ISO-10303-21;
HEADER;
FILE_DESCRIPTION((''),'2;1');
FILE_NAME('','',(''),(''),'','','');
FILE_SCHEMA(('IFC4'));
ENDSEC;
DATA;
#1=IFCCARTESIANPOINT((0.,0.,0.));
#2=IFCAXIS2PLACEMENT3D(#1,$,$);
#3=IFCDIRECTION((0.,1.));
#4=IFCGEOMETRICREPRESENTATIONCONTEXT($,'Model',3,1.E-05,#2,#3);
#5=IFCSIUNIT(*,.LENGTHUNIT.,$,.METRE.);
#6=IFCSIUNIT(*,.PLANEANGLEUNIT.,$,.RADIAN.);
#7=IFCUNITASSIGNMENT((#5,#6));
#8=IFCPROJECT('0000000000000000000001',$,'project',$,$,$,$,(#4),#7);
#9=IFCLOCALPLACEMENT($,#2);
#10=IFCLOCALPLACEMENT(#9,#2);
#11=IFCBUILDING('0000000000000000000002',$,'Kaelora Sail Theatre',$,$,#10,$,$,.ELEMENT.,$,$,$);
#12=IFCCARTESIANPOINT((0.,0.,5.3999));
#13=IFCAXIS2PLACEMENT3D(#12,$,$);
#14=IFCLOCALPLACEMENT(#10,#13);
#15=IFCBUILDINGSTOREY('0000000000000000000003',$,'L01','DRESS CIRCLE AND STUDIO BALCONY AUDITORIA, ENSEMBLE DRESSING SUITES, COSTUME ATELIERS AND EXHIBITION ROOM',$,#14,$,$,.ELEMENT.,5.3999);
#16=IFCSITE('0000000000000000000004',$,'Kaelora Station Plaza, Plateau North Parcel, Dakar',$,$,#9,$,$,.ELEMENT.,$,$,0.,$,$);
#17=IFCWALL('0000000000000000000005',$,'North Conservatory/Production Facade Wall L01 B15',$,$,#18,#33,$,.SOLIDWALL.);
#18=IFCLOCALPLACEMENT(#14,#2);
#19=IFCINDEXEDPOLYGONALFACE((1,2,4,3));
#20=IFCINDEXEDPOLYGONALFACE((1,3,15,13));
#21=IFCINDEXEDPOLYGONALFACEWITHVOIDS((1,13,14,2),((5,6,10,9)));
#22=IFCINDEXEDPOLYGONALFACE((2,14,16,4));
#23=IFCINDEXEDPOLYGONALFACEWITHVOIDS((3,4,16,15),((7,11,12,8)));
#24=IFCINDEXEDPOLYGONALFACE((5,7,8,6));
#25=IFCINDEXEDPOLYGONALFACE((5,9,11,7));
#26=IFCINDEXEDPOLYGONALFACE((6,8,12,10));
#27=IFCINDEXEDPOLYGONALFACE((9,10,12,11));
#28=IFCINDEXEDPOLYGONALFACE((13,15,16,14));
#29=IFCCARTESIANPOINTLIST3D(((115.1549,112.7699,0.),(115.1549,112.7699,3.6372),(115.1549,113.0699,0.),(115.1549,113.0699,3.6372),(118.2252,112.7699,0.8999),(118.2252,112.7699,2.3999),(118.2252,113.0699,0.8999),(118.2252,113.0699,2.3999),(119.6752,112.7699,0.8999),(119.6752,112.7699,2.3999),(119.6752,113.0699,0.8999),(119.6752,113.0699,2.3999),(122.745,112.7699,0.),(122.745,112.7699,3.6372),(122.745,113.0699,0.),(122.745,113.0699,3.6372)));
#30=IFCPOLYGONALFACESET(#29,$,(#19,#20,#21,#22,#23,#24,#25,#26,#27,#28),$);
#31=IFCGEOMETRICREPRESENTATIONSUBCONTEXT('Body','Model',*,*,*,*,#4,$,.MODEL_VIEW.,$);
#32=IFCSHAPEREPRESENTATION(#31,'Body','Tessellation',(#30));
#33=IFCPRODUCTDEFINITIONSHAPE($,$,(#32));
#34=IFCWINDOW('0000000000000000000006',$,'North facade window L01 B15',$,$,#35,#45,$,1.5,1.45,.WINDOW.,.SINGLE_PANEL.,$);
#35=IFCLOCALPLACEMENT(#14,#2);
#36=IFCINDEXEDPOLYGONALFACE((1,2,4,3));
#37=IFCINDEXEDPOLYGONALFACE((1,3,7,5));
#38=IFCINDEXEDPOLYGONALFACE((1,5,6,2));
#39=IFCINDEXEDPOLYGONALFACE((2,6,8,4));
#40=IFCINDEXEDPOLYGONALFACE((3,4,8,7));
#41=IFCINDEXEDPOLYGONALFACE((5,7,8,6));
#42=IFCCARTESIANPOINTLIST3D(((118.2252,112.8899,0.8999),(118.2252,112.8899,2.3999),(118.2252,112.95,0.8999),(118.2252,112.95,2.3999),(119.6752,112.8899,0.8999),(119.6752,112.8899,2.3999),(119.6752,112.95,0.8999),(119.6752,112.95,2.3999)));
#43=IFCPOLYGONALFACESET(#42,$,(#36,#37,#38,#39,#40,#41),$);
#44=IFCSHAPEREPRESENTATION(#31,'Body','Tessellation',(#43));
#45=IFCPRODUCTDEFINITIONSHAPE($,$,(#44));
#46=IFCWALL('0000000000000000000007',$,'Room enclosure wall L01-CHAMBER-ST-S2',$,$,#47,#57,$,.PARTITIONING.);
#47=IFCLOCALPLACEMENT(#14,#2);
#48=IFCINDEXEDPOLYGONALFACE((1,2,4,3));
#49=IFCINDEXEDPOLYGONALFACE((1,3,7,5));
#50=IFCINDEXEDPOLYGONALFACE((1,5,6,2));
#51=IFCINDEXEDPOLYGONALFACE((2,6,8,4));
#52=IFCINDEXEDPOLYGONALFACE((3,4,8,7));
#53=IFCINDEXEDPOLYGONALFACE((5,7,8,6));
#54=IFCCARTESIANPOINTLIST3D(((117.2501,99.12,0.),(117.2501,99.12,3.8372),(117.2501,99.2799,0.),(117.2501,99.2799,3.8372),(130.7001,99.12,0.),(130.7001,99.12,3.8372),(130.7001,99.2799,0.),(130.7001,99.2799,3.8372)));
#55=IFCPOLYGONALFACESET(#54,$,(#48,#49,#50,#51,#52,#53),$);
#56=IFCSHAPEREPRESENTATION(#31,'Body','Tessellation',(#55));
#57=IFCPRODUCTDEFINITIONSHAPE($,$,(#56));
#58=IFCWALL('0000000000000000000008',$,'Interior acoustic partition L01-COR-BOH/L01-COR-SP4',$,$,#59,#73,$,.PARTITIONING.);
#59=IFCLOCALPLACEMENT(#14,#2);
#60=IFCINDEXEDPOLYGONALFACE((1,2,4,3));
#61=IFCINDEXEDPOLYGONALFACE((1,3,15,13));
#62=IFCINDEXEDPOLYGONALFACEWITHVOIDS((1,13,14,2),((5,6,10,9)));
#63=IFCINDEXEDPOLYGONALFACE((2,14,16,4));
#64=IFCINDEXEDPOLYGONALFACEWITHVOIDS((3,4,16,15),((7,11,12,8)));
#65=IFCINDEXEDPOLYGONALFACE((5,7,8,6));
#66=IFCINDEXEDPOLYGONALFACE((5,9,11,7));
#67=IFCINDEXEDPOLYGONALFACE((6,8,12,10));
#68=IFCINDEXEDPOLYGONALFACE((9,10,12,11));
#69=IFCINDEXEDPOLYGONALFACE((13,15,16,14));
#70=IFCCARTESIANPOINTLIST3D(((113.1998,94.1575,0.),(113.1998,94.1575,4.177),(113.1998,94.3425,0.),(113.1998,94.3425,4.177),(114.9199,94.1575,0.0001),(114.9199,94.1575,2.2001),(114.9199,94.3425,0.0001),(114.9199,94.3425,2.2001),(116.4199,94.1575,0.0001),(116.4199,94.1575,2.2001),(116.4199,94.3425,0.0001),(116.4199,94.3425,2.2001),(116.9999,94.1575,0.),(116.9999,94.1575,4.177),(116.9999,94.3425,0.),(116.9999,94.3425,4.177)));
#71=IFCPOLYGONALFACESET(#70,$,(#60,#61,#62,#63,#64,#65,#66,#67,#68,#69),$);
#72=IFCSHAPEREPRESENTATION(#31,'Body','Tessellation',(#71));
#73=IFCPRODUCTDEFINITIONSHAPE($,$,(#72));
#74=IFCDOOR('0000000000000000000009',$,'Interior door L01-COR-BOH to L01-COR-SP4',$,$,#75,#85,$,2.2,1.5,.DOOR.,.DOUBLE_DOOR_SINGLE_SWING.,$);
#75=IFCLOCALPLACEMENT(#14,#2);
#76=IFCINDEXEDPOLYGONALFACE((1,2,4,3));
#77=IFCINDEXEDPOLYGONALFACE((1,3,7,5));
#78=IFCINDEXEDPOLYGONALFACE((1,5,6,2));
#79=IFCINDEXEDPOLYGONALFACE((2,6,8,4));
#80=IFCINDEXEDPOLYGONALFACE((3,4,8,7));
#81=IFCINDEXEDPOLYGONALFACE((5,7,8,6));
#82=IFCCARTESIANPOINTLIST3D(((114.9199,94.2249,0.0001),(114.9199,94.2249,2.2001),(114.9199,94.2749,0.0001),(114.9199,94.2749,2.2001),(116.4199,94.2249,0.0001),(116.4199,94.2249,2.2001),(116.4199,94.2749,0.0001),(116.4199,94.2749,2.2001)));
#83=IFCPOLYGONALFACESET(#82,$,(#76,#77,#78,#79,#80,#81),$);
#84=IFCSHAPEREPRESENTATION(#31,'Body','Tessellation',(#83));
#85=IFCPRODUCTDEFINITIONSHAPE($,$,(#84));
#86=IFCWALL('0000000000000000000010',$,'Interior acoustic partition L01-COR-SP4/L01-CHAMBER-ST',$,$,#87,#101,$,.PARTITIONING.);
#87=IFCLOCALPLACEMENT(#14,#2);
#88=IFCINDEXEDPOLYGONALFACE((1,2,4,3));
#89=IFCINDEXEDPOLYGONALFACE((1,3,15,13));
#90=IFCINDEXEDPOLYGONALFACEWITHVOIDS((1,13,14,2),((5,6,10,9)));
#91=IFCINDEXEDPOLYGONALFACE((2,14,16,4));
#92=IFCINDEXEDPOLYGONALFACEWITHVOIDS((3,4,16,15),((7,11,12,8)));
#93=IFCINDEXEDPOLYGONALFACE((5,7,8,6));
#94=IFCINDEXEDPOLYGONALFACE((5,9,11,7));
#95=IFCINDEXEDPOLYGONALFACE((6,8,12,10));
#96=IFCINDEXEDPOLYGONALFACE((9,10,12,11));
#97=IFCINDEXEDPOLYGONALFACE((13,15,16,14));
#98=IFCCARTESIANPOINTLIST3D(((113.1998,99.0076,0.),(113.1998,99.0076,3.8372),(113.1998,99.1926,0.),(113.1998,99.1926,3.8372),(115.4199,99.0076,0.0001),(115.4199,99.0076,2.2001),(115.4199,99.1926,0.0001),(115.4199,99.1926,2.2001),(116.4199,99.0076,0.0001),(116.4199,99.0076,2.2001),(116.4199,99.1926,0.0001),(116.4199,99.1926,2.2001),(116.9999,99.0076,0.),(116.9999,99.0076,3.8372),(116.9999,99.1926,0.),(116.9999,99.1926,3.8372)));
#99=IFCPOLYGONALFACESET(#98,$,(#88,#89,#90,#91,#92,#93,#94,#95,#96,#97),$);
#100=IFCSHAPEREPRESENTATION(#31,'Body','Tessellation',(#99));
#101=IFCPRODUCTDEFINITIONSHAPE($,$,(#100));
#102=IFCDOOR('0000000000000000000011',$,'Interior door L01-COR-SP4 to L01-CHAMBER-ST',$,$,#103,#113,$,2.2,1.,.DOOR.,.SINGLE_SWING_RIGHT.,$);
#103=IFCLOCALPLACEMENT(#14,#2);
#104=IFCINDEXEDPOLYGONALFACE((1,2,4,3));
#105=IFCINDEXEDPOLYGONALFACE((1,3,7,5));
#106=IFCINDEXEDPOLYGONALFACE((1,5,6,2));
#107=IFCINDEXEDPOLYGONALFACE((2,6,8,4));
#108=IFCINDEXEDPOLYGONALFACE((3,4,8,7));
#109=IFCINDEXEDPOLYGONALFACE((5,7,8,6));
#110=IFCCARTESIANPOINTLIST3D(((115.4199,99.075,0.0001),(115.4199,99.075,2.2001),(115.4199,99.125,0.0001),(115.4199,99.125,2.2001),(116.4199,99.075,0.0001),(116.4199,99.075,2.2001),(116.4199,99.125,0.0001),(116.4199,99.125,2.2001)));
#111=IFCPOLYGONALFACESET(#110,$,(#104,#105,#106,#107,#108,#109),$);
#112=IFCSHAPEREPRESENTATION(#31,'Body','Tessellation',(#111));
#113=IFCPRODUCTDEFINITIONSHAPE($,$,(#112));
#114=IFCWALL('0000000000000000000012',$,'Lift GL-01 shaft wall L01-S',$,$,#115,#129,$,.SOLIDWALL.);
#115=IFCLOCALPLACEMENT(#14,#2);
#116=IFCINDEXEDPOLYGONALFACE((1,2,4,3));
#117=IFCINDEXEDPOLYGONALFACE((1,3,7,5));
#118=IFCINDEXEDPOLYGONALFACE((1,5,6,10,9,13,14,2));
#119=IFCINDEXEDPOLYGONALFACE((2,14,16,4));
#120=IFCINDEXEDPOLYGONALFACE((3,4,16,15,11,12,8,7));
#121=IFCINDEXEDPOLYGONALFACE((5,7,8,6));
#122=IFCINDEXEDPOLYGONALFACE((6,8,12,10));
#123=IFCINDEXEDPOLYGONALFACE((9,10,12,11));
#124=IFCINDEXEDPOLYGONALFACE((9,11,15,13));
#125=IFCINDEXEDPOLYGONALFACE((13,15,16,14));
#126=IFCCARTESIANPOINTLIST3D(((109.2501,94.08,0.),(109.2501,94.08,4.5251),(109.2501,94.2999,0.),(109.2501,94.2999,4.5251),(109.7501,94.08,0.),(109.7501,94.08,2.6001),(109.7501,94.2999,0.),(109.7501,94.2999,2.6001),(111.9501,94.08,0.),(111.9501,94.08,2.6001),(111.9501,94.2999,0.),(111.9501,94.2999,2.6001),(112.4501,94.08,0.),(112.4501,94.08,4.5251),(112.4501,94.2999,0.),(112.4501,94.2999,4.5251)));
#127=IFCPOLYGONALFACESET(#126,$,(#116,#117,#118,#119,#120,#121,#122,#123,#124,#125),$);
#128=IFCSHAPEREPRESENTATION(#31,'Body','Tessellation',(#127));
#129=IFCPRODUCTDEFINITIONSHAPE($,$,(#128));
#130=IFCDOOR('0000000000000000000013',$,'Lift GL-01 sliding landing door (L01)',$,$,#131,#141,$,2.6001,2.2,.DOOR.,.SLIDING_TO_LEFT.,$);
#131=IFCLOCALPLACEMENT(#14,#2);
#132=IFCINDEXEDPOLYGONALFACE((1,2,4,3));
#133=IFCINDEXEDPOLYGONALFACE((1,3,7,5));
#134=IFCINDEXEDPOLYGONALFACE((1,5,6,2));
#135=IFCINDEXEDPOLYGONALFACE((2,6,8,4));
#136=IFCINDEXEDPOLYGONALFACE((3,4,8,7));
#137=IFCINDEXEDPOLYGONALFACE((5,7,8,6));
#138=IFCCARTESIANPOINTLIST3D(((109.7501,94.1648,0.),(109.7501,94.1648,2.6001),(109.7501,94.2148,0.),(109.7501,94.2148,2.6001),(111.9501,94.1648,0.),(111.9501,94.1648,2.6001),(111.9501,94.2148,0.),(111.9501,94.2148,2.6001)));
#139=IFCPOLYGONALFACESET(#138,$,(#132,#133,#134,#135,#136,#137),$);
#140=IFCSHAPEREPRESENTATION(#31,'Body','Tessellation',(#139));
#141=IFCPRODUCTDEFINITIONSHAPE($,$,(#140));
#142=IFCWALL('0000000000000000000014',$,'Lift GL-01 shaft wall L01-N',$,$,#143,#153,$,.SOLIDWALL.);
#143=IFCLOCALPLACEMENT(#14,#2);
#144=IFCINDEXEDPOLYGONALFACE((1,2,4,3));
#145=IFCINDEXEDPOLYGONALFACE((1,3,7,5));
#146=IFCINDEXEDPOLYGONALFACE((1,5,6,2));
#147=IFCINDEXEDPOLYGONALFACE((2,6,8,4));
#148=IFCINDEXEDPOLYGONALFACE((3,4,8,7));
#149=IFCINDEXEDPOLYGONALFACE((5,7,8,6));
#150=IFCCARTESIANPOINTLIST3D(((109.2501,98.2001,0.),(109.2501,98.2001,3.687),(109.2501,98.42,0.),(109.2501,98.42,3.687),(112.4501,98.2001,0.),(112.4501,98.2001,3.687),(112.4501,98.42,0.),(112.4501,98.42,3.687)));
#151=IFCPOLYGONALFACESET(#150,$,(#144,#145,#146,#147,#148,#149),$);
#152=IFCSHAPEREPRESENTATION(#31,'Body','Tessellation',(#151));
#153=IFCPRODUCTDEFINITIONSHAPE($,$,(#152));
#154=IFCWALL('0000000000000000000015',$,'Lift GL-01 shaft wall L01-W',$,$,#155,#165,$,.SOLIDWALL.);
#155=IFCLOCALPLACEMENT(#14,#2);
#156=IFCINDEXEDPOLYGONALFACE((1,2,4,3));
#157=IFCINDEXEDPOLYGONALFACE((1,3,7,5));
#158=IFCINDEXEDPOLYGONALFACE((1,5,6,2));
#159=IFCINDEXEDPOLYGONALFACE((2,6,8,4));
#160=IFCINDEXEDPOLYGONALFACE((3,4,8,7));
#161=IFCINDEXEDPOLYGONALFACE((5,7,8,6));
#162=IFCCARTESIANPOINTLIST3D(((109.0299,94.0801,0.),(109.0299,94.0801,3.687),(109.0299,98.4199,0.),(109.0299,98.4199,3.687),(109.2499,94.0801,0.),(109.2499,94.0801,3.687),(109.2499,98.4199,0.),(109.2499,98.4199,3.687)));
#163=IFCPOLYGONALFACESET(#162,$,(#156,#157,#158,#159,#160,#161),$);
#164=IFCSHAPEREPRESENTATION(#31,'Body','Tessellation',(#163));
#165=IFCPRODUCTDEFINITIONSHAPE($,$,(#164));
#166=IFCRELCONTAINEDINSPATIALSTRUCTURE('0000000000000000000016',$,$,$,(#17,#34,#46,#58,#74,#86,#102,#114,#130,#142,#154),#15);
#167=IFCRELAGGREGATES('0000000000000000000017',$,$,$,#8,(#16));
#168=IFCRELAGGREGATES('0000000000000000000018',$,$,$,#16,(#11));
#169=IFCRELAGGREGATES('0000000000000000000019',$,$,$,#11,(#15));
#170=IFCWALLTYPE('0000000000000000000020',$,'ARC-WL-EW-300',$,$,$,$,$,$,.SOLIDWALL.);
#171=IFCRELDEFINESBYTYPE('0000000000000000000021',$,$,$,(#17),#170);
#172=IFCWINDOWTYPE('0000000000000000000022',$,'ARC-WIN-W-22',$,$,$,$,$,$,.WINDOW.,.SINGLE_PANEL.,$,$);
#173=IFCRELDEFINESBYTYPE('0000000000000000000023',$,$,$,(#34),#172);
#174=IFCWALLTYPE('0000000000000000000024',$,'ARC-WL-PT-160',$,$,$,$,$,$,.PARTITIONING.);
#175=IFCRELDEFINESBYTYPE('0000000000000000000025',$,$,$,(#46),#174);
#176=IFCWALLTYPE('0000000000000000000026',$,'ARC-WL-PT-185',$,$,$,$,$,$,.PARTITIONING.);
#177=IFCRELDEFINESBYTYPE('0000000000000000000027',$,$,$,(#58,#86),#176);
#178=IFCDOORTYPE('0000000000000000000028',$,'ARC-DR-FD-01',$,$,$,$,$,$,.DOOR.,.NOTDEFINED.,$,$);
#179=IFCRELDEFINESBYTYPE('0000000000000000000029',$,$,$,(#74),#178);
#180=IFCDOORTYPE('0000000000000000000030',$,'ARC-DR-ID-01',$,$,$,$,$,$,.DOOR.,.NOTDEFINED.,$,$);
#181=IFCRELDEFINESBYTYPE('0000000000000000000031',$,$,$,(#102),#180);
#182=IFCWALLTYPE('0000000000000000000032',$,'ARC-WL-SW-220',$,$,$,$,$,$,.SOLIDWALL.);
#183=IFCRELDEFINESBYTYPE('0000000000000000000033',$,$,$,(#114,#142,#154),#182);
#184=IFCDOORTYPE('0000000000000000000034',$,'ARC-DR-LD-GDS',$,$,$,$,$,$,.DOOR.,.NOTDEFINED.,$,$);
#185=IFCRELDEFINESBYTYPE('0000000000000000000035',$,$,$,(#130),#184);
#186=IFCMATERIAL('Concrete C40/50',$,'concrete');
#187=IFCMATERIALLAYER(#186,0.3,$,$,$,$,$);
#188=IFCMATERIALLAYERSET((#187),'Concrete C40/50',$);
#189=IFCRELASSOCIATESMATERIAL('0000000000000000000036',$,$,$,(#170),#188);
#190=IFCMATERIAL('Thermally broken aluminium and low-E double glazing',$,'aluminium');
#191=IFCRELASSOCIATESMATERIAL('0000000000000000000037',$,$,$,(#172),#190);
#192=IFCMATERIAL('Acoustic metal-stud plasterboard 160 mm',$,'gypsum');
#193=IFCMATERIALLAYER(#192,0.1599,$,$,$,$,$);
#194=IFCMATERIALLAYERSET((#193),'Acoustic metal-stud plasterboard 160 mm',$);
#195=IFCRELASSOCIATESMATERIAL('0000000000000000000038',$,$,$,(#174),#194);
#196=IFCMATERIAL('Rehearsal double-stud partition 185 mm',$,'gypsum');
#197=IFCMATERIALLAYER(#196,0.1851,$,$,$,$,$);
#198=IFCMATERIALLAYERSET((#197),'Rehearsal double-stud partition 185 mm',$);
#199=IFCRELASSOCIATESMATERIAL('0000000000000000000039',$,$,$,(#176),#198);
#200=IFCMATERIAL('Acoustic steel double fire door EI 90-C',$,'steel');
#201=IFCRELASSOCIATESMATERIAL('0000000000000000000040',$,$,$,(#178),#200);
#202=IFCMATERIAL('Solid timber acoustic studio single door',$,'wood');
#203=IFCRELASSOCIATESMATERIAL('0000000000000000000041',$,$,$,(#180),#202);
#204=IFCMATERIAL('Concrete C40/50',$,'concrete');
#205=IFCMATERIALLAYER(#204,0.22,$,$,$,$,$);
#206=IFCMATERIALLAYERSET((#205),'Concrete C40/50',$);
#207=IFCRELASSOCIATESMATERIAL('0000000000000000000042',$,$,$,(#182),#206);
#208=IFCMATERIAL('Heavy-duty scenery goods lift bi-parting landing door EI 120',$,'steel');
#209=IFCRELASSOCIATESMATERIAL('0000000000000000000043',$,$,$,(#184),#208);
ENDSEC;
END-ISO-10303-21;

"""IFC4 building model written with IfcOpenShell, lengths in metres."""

from ifc_helpers import new_model, si_unit, direction, frame, frame_2d, origin, place, context, subcontext, project, spatial, rectangle, extrude, material, layer, layer_set, type_object, element, fill, save


model = new_model("IFC4")

# Units and contexts
model_context = context("Model", 3, precision=1e-05, world=origin(), true_north=direction((0.0, 1.0)))
body_context = subcontext(model_context, "Body", "Model", "MODEL_VIEW")
ifc_project = project(units=[si_unit("LENGTHUNIT", "METRE"), si_unit("PLANEANGLEUNIT", "RADIAN")], contexts=[model_context])

# Site, building, storey
site_placement = place(None, origin())
site = spatial("IfcSite", under=ifc_project, at=site_placement, Name="Kaelora Station Plaza, Plateau North Parcel, Dakar", CompositionType="ELEMENT", RefElevation=0.0)
building_placement = place(site_placement, origin())
building = spatial("IfcBuilding", under=site, at=building_placement, Name="Kaelora Sail Theatre", CompositionType="ELEMENT")
storey_placement = place(building_placement, frame((0.0, 0.0, 5.3999)))
storey = spatial("IfcBuildingStorey", under=building, at=storey_placement, Name="L01", Description="DRESS CIRCLE AND STUDIO BALCONY AUDITORIA, ENSEMBLE DRESSING SUITES, COSTUME ATELIERS AND EXHIBITION ROOM", CompositionType="ELEMENT", Elevation=5.3999)

# Shared definitions
ifc_material_1 = material(Name="Concrete C40/50", Category="concrete")
ifc_layer_1 = layer(ifc_material_1, 0.3)
ifc_layer_set_1 = layer_set([ifc_layer_1], Name="Concrete C40/50")
wall_type_1 = type_object("IfcWallType", Name="ARC-WL-EW-300", PredefinedType="SOLIDWALL", material=ifc_layer_set_1)

# Wall, opening, window
wall_1_placement = place(storey_placement, frame((115.155, 112.9199, 0.0), z_axis=(0.0, 0.0, 1.0), x_axis=(1.0, 0.0, 0.0)))
wall_1 = element("IfcWall", 1, at=wall_1_placement, inside=storey, type_object=wall_type_1, Name="North Conservatory/Production Facade Wall L01 B15", PredefinedType="SOLIDWALL", context=body_context, shape_type="SweptSolid", body=[
    extrude(rectangle(XDim=7.5901, YDim=0.3, at=frame_2d((3.7949, 0.0))), origin(), (0.0, 0.0, 1.0), 3.6372),
])
opening_1_placement = place(wall_1_placement, frame((3.0701, 0.0, 0.8999)))
opening_1 = element("IfcOpeningElement", 2, at=opening_1_placement, cuts=wall_1, PredefinedType="OPENING", context=body_context, shape_type="SweptSolid", body=[
    extrude(rectangle(XDim=1.45, YDim=1.5, at=frame_2d((0.7251, 0.75))), frame((0.0, 0.1599, 0.0), z_axis=(0.0, -1.0, 0.0), x_axis=(1.0, 0.0, 0.0)), (0.0, 0.0, 1.0), 0.32),
])
ifc_material_2 = material(Name="Thermally broken aluminium and low-E double glazing", Category="aluminium")
window_type_1 = type_object("IfcWindowType", Name="ARC-WIN-W-22", PartitioningType="SINGLE_PANEL", PredefinedType="WINDOW", material=ifc_material_2)
window_1_placement = place(opening_1_placement, origin())
window_1 = element("IfcWindow", 3, at=window_1_placement, inside=storey, type_object=window_type_1, Name="North facade window L01 B15", OverallHeight=1.5, OverallWidth=1.45, PartitioningType="SINGLE_PANEL", PredefinedType="WINDOW", context=body_context, shape_type="SweptSolid", body=[
    extrude(rectangle(XDim=1.45, YDim=1.5, at=frame_2d((0.7251, 0.75))), frame((0.0, 0.03, 0.0), z_axis=(0.0, -1.0, 0.0), x_axis=(1.0, 0.0, 0.0)), (0.0, 0.0, 1.0), 0.0601),
])
fill(opening_1, window_1)

# Wall
ifc_material_3 = material(Name="Acoustic metal-stud plasterboard 160 mm", Category="gypsum")
ifc_layer_2 = layer(ifc_material_3, 0.1599)
ifc_layer_set_2 = layer_set([ifc_layer_2], Name="Acoustic metal-stud plasterboard 160 mm")
wall_type_2 = type_object("IfcWallType", Name="ARC-WL-PT-160", PredefinedType="PARTITIONING", material=ifc_layer_set_2)
wall_2_placement = place(storey_placement, frame((117.25, 99.2, 0.0), z_axis=(0.0, 0.0, 1.0), x_axis=(1.0, 0.0, 0.0)))
element("IfcWall", 4, at=wall_2_placement, inside=storey, type_object=wall_type_2, Name="Room enclosure wall L01-CHAMBER-ST-S2", PredefinedType="PARTITIONING", context=body_context, shape_type="SweptSolid", body=[
    extrude(rectangle(XDim=13.45, YDim=0.1599, at=frame_2d((6.7251, 0.0))), origin(), (0.0, 0.0, 1.0), 3.8372),
])

# Walls, openings, doors
ifc_material_4 = material(Name="Rehearsal double-stud partition 185 mm", Category="gypsum")
ifc_layer_3 = layer(ifc_material_4, 0.1851)
ifc_layer_set_3 = layer_set([ifc_layer_3], Name="Rehearsal double-stud partition 185 mm")
wall_type_3 = type_object("IfcWallType", Name="ARC-WL-PT-185", PredefinedType="PARTITIONING", material=ifc_layer_set_3)
wall_3_placement = place(storey_placement, frame((113.2, 94.25, 0.0), z_axis=(0.0, 0.0, 1.0), x_axis=(1.0, 0.0, 0.0)))
wall_3 = element("IfcWall", 5, at=wall_3_placement, inside=storey, type_object=wall_type_3, Name="Interior acoustic partition L01-COR-BOH/L01-COR-SP4", PredefinedType="PARTITIONING", context=body_context, shape_type="SweptSolid", body=[
    extrude(rectangle(XDim=3.8, YDim=0.1851, at=frame_2d((1.8999, 0.0))), origin(), (0.0, 0.0, 1.0), 4.177),
])
opening_2_placement = place(wall_3_placement, frame((1.72, 0.0, 0.0)))
opening_2 = element("IfcOpeningElement", 6, at=opening_2_placement, cuts=wall_3, PredefinedType="OPENING", context=body_context, shape_type="SweptSolid", body=[
    extrude(rectangle(XDim=1.5, YDim=2.2, at=frame_2d((0.75, 1.1001))), frame((0.0, 0.1025, 0.0), z_axis=(0.0, -1.0, 0.0), x_axis=(1.0, 0.0, 0.0)), (0.0, 0.0, 1.0), 0.2051),
])
ifc_material_5 = material(Name="Acoustic steel double fire door EI 90-C", Category="steel")
door_type_1 = type_object("IfcDoorType", Name="ARC-DR-FD-01", OperationType="NOTDEFINED", PredefinedType="DOOR", material=ifc_material_5)
door_1_placement = place(opening_2_placement, origin())
door_1 = element("IfcDoor", 7, at=door_1_placement, inside=storey, type_object=door_type_1, Name="Interior door L01-COR-BOH to L01-COR-SP4", OperationType="DOUBLE_DOOR_SINGLE_SWING", OverallHeight=2.2, OverallWidth=1.5, PredefinedType="DOOR", context=body_context, shape_type="SweptSolid", body=[
    extrude(rectangle(XDim=1.5, YDim=2.2, at=frame_2d((0.75, 1.1001))), frame((0.0, 0.0249, 0.0), z_axis=(0.0, -1.0, 0.0), x_axis=(1.0, 0.0, 0.0)), (0.0, 0.0, 1.0), 0.05),
])
fill(opening_2, door_1)
wall_4_placement = place(storey_placement, frame((113.2, 99.1001, 0.0), z_axis=(0.0, 0.0, 1.0), x_axis=(1.0, 0.0, 0.0)))
wall_4 = element("IfcWall", 8, at=wall_4_placement, inside=storey, type_object=wall_type_3, Name="Interior acoustic partition L01-COR-SP4/L01-CHAMBER-ST", PredefinedType="PARTITIONING", context=body_context, shape_type="SweptSolid", body=[
    extrude(rectangle(XDim=3.8, YDim=0.1851, at=frame_2d((1.8999, 0.0))), origin(), (0.0, 0.0, 1.0), 3.8372),
])
opening_3_placement = place(wall_4_placement, frame((2.22, 0.0, 0.0)))
opening_3 = element("IfcOpeningElement", 9, at=opening_3_placement, cuts=wall_4, PredefinedType="OPENING", context=body_context, shape_type="SweptSolid", body=[
    extrude(rectangle(XDim=1.0, YDim=2.2, at=frame_2d((0.5, 1.1001))), frame((0.0, 0.1025, 0.0), z_axis=(0.0, -1.0, 0.0), x_axis=(1.0, 0.0, 0.0)), (0.0, 0.0, 1.0), 0.2051),
])
ifc_material_6 = material(Name="Solid timber acoustic studio single door", Category="wood")
door_type_2 = type_object("IfcDoorType", Name="ARC-DR-ID-01", OperationType="NOTDEFINED", PredefinedType="DOOR", material=ifc_material_6)
door_2_placement = place(opening_3_placement, origin())
door_2 = element("IfcDoor", 10, at=door_2_placement, inside=storey, type_object=door_type_2, Name="Interior door L01-COR-SP4 to L01-CHAMBER-ST", OperationType="SINGLE_SWING_RIGHT", OverallHeight=2.2, OverallWidth=1.0, PredefinedType="DOOR", context=body_context, shape_type="SweptSolid", body=[
    extrude(rectangle(XDim=1.0, YDim=2.2, at=frame_2d((0.5, 1.1001))), frame((0.0, 0.0249, 0.0), z_axis=(0.0, -1.0, 0.0), x_axis=(1.0, 0.0, 0.0)), (0.0, 0.0, 1.0), 0.05),
])
fill(opening_3, door_2)
ifc_material_7 = material(Name="Concrete C40/50", Category="concrete")
ifc_layer_4 = layer(ifc_material_7, 0.22)
ifc_layer_set_4 = layer_set([ifc_layer_4], Name="Concrete C40/50")
wall_type_4 = type_object("IfcWallType", Name="ARC-WL-SW-220", PredefinedType="SOLIDWALL", material=ifc_layer_set_4)
wall_5_placement = place(storey_placement, frame((109.25, 94.1899, 0.0), z_axis=(0.0, 0.0, 1.0), x_axis=(1.0, 0.0, 0.0)))
wall_5 = element("IfcWall", 11, at=wall_5_placement, inside=storey, type_object=wall_type_4, Name="Lift GL-01 shaft wall L01-S", PredefinedType="SOLIDWALL", context=body_context, shape_type="SweptSolid", body=[
    extrude(rectangle(XDim=3.2, YDim=0.22, at=frame_2d((1.6001, 0.0))), origin(), (0.0, 0.0, 1.0), 4.5251),
])
opening_4_placement = place(wall_5_placement, frame((0.5, 0.0, 0.0)))
opening_4 = element("IfcOpeningElement", 12, at=opening_4_placement, cuts=wall_5, PredefinedType="OPENING", context=body_context, shape_type="SweptSolid", body=[
    extrude(rectangle(XDim=2.2, YDim=2.6001, at=frame_2d((1.1001, 1.3))), frame((0.0, 0.1199, 0.0), z_axis=(0.0, -1.0, 0.0), x_axis=(1.0, 0.0, 0.0)), (0.0, 0.0, 1.0), 0.24),
])
ifc_material_8 = material(Name="Heavy-duty scenery goods lift bi-parting landing door EI 120", Category="steel")
door_type_3 = type_object("IfcDoorType", Name="ARC-DR-LD-GDS", OperationType="NOTDEFINED", PredefinedType="DOOR", material=ifc_material_8)
door_3_placement = place(opening_4_placement, origin())
door_3 = element("IfcDoor", 13, at=door_3_placement, inside=storey, type_object=door_type_3, Name="Lift GL-01 sliding landing door (L01)", OperationType="SLIDING_TO_LEFT", OverallHeight=2.6001, OverallWidth=2.2, PredefinedType="DOOR", context=body_context, shape_type="SweptSolid", body=[
    extrude(rectangle(XDim=2.2, YDim=2.6001, at=frame_2d((1.1001, 1.3))), frame((0.0, 0.0249, 0.0), z_axis=(0.0, -1.0, 0.0), x_axis=(1.0, 0.0, 0.0)), (0.0, 0.0, 1.0), 0.05),
])
fill(opening_4, door_3)

# Walls
wall_6_placement = place(storey_placement, frame((109.25, 98.3101, 0.0), z_axis=(0.0, 0.0, 1.0), x_axis=(1.0, 0.0, 0.0)))
element("IfcWall", 14, at=wall_6_placement, inside=storey, type_object=wall_type_4, Name="Lift GL-01 shaft wall L01-N", PredefinedType="SOLIDWALL", context=body_context, shape_type="SweptSolid", body=[
    extrude(rectangle(XDim=3.2, YDim=0.22, at=frame_2d((1.6001, 0.0))), origin(), (0.0, 0.0, 1.0), 3.687),
])
for number, where, z_axis, x_axis, name in (
    (15, (109.1399, 94.0801, 0.0), (0.0, 0.0, 1.0), (0.0, 1.0, 0.0), "Lift GL-01 shaft wall L01-W"),
):
    element("IfcWall", number, at=place(storey_placement, frame(where, z_axis=z_axis, x_axis=x_axis)), inside=storey, type_object=wall_type_4, Name=name, PredefinedType="SOLIDWALL", context=body_context, shape_type="SweptSolid", body=[
        extrude(rectangle(XDim=4.3398, YDim=0.22, at=frame_2d((2.1699, 0.0))), origin(), (0.0, 0.0, 1.0), 3.687),
    ])

save(model, "model.ifc")
